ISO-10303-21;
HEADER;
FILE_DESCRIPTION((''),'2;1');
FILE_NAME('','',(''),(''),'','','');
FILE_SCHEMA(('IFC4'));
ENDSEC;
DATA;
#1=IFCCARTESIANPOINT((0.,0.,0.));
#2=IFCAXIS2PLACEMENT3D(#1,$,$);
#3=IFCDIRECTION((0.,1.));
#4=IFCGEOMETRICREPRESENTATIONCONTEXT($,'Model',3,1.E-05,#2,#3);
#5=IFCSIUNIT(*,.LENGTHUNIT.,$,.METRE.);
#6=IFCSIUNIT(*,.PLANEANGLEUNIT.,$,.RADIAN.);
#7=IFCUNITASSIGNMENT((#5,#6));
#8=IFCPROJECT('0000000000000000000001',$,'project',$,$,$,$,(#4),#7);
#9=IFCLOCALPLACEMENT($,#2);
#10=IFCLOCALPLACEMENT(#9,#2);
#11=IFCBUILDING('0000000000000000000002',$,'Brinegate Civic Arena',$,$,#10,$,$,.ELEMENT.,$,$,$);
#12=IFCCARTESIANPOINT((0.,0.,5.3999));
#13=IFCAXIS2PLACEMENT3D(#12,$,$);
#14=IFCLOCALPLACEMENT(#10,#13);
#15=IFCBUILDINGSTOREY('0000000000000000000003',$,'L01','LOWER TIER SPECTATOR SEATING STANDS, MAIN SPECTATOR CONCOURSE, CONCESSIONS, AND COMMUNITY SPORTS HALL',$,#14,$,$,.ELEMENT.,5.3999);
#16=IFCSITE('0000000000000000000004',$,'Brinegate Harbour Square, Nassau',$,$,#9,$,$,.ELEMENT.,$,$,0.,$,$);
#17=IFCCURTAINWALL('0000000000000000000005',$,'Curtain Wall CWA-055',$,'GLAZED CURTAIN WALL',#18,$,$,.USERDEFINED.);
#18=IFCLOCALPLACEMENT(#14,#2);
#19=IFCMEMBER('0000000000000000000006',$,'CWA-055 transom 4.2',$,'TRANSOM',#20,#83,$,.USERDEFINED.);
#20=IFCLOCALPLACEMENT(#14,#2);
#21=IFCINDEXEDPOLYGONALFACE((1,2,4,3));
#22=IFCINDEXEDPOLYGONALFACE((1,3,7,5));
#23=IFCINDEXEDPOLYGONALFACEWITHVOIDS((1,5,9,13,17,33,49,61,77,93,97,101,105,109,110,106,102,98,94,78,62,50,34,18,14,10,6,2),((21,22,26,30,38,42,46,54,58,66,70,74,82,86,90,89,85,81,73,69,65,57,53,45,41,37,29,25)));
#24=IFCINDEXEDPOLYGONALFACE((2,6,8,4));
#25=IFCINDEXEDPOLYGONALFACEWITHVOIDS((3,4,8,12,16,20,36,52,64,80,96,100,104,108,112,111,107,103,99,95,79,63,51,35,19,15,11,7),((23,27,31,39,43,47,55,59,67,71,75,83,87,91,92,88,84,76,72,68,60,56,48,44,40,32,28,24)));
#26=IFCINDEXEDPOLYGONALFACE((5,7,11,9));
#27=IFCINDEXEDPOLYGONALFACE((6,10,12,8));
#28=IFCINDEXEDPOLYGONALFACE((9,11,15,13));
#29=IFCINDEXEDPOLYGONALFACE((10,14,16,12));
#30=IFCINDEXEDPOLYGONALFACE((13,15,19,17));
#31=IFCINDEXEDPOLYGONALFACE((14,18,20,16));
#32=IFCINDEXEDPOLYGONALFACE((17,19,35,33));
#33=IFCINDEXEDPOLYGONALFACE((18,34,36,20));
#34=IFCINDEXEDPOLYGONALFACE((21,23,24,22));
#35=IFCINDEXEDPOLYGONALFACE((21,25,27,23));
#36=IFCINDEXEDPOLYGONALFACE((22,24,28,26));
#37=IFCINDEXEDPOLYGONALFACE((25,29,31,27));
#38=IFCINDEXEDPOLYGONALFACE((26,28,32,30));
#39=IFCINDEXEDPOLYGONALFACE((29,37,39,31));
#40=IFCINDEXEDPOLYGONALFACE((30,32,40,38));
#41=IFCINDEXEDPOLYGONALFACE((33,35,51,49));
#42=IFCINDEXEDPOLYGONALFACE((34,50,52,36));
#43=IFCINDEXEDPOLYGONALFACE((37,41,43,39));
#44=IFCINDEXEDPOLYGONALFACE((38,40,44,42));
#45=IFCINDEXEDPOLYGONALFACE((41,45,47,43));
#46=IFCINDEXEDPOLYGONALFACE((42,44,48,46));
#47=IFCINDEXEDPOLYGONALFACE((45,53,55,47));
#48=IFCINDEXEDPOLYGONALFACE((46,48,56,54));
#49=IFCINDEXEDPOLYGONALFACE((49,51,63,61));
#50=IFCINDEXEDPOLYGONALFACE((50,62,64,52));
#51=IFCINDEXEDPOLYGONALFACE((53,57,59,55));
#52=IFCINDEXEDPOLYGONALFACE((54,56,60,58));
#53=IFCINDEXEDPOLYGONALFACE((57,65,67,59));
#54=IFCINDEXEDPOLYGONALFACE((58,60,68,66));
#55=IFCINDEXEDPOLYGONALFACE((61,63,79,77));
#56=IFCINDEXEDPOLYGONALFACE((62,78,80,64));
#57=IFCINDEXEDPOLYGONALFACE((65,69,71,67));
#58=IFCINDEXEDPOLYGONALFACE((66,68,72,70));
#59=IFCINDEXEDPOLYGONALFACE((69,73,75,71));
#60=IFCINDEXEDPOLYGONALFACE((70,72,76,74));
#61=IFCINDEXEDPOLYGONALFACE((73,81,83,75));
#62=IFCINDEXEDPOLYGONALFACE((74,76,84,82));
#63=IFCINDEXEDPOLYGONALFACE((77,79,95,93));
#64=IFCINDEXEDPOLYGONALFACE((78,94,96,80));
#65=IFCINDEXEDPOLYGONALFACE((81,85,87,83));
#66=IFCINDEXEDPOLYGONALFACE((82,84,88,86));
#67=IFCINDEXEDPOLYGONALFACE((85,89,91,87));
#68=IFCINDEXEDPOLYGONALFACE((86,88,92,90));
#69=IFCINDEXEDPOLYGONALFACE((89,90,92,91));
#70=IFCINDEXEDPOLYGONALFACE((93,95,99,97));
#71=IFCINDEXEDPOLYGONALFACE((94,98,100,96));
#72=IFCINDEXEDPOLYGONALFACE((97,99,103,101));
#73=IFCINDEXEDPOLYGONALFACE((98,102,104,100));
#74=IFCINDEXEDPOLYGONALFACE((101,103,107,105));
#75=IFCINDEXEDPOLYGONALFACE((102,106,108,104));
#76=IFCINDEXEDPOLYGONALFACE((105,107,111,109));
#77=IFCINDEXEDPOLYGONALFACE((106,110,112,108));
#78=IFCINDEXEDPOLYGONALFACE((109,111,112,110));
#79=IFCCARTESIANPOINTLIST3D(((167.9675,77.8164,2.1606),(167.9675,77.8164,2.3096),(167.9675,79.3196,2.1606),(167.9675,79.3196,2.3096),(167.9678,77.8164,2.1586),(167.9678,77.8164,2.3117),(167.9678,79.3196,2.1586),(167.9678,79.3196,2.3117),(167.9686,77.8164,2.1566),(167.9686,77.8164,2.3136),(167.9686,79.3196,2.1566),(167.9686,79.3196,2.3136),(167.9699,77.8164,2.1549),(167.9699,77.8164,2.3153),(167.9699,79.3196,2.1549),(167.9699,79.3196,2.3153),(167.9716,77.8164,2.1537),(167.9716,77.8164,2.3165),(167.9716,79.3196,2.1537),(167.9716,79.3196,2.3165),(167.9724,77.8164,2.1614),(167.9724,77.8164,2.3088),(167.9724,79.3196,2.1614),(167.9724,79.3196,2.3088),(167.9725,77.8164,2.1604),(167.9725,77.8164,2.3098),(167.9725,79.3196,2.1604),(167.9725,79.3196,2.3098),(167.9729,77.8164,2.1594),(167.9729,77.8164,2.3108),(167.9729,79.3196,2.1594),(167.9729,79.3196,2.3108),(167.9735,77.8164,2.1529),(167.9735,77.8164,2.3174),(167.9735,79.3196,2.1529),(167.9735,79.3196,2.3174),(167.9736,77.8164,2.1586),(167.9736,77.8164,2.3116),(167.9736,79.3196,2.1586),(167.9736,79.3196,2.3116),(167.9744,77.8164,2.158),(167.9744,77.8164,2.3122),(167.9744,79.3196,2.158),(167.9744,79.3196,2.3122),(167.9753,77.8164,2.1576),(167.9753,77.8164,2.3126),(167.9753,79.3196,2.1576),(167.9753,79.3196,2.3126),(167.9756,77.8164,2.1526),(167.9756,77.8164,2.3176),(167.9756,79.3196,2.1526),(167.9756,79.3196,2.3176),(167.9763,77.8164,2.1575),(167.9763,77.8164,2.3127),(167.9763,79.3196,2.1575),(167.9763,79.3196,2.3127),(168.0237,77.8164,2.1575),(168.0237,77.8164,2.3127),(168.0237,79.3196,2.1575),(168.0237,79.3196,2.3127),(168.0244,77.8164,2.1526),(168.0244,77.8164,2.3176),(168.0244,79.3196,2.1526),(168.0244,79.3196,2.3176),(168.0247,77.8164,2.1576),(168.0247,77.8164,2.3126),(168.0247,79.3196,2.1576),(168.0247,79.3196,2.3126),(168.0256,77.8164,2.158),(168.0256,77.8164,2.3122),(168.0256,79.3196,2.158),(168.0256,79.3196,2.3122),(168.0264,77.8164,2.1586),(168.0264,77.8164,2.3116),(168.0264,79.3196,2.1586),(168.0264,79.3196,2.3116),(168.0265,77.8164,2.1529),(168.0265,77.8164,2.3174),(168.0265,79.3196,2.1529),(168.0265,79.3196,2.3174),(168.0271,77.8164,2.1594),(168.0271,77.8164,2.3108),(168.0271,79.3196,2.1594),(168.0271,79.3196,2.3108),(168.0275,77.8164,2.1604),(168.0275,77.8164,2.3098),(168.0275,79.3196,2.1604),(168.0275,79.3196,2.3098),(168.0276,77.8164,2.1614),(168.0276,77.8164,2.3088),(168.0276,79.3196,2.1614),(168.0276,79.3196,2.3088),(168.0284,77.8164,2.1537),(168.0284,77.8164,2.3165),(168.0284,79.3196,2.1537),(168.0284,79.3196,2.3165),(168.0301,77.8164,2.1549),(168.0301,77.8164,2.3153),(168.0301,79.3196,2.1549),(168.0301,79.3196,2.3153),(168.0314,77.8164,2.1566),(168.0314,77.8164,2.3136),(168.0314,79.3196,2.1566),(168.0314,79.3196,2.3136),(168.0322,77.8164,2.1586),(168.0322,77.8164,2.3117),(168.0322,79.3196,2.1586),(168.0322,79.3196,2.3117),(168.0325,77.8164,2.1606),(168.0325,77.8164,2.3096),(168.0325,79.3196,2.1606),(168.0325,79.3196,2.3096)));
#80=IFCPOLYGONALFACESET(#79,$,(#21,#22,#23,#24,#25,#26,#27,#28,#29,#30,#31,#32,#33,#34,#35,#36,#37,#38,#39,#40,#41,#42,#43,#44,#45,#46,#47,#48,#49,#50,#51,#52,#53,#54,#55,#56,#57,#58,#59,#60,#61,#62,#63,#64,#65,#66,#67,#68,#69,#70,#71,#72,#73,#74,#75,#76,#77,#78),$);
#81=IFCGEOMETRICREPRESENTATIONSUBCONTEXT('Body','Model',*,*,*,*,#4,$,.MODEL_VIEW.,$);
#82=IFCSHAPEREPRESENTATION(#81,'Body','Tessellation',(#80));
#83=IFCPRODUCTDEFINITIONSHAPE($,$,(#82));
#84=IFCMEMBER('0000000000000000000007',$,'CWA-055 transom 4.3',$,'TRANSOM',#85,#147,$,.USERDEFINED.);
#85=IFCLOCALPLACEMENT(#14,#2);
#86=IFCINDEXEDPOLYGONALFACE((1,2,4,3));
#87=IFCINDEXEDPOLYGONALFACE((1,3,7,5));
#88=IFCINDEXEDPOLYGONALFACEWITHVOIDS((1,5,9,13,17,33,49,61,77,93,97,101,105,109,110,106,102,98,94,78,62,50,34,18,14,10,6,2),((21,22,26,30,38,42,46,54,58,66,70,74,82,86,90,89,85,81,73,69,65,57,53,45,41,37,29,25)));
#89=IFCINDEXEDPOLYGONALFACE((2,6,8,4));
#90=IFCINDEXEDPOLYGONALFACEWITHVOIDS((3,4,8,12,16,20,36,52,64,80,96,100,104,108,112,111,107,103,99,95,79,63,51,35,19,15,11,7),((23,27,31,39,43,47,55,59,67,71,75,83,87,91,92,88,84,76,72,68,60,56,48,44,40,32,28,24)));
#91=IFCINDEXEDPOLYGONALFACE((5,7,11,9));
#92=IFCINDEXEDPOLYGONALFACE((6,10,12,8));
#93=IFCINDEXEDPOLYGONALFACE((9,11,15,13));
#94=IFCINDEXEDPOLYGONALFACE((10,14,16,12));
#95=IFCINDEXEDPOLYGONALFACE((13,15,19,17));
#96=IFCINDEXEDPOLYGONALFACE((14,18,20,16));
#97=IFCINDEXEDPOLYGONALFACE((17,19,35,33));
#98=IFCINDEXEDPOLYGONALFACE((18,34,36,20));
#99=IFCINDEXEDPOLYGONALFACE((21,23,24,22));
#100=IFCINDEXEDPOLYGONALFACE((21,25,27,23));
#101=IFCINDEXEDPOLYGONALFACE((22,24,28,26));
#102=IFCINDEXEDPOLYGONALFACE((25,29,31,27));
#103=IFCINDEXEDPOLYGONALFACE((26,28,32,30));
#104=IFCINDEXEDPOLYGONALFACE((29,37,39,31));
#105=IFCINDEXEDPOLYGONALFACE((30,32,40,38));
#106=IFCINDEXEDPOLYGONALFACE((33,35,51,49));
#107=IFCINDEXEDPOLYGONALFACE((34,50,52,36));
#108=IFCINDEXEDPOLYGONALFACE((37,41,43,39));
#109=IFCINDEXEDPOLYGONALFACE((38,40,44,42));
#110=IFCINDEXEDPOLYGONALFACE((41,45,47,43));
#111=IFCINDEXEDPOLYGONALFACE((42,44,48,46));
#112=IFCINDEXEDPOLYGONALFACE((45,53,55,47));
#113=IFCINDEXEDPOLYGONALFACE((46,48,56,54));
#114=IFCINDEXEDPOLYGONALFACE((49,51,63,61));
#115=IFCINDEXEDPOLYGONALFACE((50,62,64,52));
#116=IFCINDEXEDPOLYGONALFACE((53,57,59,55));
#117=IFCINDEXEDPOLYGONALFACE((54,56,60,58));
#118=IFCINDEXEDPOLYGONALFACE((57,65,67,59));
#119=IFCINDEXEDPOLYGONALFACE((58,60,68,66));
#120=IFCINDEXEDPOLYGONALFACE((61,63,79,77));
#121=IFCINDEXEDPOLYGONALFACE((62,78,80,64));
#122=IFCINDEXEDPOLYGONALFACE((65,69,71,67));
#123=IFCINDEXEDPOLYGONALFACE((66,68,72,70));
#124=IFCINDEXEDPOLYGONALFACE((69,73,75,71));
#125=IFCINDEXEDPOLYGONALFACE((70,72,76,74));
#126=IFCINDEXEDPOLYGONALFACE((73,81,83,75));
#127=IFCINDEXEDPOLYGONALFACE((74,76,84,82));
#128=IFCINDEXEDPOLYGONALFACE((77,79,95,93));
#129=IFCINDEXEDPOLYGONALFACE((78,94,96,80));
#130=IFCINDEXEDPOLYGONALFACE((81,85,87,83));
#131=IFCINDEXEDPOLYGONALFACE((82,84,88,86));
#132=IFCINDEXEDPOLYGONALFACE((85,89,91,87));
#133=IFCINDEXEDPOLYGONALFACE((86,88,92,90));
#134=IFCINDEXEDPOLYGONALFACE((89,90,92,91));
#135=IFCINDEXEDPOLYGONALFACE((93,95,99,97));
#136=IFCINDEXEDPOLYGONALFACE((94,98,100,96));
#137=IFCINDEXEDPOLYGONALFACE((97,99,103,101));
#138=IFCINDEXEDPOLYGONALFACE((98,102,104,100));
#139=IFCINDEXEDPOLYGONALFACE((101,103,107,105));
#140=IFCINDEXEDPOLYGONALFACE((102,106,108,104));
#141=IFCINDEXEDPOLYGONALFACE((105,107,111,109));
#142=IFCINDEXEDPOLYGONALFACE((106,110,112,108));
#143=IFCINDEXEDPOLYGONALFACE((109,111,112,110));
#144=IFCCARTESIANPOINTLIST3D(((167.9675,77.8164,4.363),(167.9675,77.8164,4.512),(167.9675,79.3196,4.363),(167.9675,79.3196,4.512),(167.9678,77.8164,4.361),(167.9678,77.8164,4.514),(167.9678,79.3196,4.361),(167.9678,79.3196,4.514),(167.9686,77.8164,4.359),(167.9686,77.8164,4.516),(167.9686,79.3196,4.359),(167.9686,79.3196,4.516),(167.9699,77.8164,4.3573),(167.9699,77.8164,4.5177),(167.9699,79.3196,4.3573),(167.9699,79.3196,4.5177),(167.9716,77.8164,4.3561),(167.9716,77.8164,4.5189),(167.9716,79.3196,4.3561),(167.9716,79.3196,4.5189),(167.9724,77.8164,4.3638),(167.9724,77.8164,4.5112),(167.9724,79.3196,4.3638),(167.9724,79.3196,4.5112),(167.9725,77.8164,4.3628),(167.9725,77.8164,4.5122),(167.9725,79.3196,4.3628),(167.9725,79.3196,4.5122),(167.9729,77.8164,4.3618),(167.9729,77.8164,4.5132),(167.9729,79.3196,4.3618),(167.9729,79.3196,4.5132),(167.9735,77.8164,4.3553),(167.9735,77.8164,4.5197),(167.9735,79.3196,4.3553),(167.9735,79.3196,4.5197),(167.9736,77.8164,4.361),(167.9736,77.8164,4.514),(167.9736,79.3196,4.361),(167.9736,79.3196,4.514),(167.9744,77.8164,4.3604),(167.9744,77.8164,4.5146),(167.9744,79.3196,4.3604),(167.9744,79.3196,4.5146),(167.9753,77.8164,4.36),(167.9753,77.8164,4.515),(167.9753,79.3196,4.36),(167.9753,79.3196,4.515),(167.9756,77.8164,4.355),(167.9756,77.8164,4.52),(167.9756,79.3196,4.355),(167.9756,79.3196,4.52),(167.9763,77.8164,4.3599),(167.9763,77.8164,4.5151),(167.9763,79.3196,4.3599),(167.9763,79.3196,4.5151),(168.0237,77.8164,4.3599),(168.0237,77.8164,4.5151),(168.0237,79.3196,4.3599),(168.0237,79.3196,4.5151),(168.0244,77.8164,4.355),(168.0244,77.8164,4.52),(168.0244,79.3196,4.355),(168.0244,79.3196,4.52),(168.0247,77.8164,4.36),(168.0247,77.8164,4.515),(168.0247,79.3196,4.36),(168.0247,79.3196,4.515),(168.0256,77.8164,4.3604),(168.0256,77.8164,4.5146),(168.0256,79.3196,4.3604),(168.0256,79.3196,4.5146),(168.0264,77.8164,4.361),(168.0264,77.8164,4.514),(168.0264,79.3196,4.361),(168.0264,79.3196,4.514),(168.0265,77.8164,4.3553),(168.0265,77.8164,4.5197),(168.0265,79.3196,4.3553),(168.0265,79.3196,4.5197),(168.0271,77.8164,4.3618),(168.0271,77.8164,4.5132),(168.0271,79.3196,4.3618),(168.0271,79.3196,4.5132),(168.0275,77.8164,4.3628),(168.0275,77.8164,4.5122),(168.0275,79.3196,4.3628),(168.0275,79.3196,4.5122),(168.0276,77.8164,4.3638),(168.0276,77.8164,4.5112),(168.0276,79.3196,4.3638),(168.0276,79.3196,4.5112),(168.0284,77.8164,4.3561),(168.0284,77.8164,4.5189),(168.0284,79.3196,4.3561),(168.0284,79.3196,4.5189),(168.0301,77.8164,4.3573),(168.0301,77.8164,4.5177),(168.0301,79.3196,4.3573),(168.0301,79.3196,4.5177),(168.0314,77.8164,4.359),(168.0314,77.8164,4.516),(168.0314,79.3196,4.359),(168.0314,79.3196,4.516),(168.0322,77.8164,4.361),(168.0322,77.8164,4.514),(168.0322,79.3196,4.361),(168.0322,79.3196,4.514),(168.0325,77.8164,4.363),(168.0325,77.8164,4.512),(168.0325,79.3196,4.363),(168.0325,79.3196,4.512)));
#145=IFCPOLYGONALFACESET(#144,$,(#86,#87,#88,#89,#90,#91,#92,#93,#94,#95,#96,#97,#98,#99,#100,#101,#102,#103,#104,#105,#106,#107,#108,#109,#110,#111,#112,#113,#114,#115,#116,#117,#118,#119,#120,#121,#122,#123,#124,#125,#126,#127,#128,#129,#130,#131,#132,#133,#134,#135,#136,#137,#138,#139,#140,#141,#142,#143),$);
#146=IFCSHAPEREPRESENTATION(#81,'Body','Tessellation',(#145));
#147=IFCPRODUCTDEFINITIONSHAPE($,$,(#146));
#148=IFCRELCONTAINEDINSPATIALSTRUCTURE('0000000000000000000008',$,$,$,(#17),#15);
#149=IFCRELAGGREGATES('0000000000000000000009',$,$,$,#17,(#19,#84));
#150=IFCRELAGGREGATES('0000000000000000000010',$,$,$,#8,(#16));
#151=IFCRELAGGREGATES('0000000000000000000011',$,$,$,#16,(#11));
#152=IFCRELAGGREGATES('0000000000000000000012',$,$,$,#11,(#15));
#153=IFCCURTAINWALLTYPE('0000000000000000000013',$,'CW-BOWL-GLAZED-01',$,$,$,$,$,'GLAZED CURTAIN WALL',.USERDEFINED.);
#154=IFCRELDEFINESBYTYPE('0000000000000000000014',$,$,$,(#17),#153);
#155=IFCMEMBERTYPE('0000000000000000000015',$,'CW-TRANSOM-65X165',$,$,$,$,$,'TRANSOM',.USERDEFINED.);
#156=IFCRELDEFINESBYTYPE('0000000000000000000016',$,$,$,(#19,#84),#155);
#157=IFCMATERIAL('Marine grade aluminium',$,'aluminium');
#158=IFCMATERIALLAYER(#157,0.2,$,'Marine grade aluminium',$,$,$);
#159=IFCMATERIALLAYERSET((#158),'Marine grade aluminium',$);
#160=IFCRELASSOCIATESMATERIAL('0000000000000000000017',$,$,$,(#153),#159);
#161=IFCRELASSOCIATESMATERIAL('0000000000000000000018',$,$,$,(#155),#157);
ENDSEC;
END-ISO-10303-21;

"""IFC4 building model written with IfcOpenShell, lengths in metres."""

from ifc_helpers import new_model, si_unit, direction, frame, origin, origin_2d, place, context, subcontext, project, spatial, hollow_rectangle, extrude, material, layer, layer_set, material_profile, profile_set, type_object, element, aggregate, save


model = new_model("IFC4")

# Units and contexts
model_context = context("Model", 3, precision=1e-05, world=origin(), true_north=direction((0.0, 1.0)))
body_context = subcontext(model_context, "Body", "Model", "MODEL_VIEW")
ifc_project = project(units=[si_unit("LENGTHUNIT", "METRE"), si_unit("PLANEANGLEUNIT", "RADIAN")], contexts=[model_context])

# Site, building, storey
site_placement = place(None, origin())
site = spatial("IfcSite", under=ifc_project, at=site_placement, Name="Brinegate Harbour Square, Nassau", CompositionType="ELEMENT", RefElevation=0.0)
building_placement = place(site_placement, origin())
building = spatial("IfcBuilding", under=site, at=building_placement, Name="Brinegate Civic Arena", CompositionType="ELEMENT")
storey_placement = place(building_placement, frame((0.0, 0.0, 5.3999)))
storey = spatial("IfcBuildingStorey", under=building, at=storey_placement, Name="L01", Description="LOWER TIER SPECTATOR SEATING STANDS, MAIN SPECTATOR CONCOURSE, CONCESSIONS, AND COMMUNITY SPORTS HALL", CompositionType="ELEMENT", Elevation=5.3999)

# Curtain wall, members
ifc_material_1 = material(Name="Marine grade aluminium", Category="aluminium")
ifc_layer_1 = layer(ifc_material_1, 0.2, Name="Marine grade aluminium")
ifc_layer_set_1 = layer_set([ifc_layer_1], Name="Marine grade aluminium")
curtain_wall_type = type_object("IfcCurtainWallType", Name="CW-BOWL-GLAZED-01", ElementType="GLAZED CURTAIN WALL", PredefinedType="USERDEFINED", material=ifc_layer_set_1)
curtain_wall_placement = place(storey_placement, origin())
curtain_wall = element("IfcCurtainWall", 1, at=curtain_wall_placement, inside=storey, type_object=curtain_wall_type, Name="Curtain Wall CWA-055", ObjectType="GLAZED CURTAIN WALL", PredefinedType="USERDEFINED")
ifc_material_profile_1 = material_profile(ifc_material_1, hollow_rectangle(XDim=0.0649, YDim=0.165, WallThickness=0.0049, InnerFilletRadius=0.0039, OuterFilletRadius=0.0081, at=origin_2d()), Name="TRN65X165")
ifc_profile_set_1 = profile_set([ifc_material_profile_1], Name="Marine grade aluminium")
member_type_1 = type_object("IfcMemberType", Name="CW-TRANSOM-65X165", ElementType="TRANSOM", PredefinedType="USERDEFINED", material=ifc_profile_set_1)
member_1_placement = place(storey_placement, frame((168.0, 77.8164, 2.2351), z_axis=(0.0, 1.0, 0.0), x_axis=(-1.0, 0.0, 0.0)))
member_1 = element("IfcMember", 2, at=member_1_placement, type_object=member_type_1, Name="CWA-055 transom 4.2", ObjectType="TRANSOM", PredefinedType="USERDEFINED", context=body_context, shape_type="SweptSolid", body=[
    extrude(hollow_rectangle(XDim=0.0649, YDim=0.165, WallThickness=0.0049, InnerFilletRadius=0.0039, OuterFilletRadius=0.0081, at=origin_2d()), origin(), (0.0, 0.0, 1.0), 1.5032),
])
member_2_placement = place(storey_placement, frame((168.0, 77.8164, 4.4375), z_axis=(0.0, 1.0, 0.0), x_axis=(-1.0, 0.0, 0.0)))
member_2 = element("IfcMember", 3, at=member_2_placement, type_object=member_type_1, Name="CWA-055 transom 4.3", ObjectType="TRANSOM", PredefinedType="USERDEFINED", context=body_context, shape_type="SweptSolid", body=[
    extrude(hollow_rectangle(XDim=0.0649, YDim=0.165, WallThickness=0.0049, InnerFilletRadius=0.0039, OuterFilletRadius=0.0081, at=origin_2d()), origin(), (0.0, 0.0, 1.0), 1.5032),
])
aggregate(curtain_wall, [member_1, member_2])

save(model, "model.ifc")
